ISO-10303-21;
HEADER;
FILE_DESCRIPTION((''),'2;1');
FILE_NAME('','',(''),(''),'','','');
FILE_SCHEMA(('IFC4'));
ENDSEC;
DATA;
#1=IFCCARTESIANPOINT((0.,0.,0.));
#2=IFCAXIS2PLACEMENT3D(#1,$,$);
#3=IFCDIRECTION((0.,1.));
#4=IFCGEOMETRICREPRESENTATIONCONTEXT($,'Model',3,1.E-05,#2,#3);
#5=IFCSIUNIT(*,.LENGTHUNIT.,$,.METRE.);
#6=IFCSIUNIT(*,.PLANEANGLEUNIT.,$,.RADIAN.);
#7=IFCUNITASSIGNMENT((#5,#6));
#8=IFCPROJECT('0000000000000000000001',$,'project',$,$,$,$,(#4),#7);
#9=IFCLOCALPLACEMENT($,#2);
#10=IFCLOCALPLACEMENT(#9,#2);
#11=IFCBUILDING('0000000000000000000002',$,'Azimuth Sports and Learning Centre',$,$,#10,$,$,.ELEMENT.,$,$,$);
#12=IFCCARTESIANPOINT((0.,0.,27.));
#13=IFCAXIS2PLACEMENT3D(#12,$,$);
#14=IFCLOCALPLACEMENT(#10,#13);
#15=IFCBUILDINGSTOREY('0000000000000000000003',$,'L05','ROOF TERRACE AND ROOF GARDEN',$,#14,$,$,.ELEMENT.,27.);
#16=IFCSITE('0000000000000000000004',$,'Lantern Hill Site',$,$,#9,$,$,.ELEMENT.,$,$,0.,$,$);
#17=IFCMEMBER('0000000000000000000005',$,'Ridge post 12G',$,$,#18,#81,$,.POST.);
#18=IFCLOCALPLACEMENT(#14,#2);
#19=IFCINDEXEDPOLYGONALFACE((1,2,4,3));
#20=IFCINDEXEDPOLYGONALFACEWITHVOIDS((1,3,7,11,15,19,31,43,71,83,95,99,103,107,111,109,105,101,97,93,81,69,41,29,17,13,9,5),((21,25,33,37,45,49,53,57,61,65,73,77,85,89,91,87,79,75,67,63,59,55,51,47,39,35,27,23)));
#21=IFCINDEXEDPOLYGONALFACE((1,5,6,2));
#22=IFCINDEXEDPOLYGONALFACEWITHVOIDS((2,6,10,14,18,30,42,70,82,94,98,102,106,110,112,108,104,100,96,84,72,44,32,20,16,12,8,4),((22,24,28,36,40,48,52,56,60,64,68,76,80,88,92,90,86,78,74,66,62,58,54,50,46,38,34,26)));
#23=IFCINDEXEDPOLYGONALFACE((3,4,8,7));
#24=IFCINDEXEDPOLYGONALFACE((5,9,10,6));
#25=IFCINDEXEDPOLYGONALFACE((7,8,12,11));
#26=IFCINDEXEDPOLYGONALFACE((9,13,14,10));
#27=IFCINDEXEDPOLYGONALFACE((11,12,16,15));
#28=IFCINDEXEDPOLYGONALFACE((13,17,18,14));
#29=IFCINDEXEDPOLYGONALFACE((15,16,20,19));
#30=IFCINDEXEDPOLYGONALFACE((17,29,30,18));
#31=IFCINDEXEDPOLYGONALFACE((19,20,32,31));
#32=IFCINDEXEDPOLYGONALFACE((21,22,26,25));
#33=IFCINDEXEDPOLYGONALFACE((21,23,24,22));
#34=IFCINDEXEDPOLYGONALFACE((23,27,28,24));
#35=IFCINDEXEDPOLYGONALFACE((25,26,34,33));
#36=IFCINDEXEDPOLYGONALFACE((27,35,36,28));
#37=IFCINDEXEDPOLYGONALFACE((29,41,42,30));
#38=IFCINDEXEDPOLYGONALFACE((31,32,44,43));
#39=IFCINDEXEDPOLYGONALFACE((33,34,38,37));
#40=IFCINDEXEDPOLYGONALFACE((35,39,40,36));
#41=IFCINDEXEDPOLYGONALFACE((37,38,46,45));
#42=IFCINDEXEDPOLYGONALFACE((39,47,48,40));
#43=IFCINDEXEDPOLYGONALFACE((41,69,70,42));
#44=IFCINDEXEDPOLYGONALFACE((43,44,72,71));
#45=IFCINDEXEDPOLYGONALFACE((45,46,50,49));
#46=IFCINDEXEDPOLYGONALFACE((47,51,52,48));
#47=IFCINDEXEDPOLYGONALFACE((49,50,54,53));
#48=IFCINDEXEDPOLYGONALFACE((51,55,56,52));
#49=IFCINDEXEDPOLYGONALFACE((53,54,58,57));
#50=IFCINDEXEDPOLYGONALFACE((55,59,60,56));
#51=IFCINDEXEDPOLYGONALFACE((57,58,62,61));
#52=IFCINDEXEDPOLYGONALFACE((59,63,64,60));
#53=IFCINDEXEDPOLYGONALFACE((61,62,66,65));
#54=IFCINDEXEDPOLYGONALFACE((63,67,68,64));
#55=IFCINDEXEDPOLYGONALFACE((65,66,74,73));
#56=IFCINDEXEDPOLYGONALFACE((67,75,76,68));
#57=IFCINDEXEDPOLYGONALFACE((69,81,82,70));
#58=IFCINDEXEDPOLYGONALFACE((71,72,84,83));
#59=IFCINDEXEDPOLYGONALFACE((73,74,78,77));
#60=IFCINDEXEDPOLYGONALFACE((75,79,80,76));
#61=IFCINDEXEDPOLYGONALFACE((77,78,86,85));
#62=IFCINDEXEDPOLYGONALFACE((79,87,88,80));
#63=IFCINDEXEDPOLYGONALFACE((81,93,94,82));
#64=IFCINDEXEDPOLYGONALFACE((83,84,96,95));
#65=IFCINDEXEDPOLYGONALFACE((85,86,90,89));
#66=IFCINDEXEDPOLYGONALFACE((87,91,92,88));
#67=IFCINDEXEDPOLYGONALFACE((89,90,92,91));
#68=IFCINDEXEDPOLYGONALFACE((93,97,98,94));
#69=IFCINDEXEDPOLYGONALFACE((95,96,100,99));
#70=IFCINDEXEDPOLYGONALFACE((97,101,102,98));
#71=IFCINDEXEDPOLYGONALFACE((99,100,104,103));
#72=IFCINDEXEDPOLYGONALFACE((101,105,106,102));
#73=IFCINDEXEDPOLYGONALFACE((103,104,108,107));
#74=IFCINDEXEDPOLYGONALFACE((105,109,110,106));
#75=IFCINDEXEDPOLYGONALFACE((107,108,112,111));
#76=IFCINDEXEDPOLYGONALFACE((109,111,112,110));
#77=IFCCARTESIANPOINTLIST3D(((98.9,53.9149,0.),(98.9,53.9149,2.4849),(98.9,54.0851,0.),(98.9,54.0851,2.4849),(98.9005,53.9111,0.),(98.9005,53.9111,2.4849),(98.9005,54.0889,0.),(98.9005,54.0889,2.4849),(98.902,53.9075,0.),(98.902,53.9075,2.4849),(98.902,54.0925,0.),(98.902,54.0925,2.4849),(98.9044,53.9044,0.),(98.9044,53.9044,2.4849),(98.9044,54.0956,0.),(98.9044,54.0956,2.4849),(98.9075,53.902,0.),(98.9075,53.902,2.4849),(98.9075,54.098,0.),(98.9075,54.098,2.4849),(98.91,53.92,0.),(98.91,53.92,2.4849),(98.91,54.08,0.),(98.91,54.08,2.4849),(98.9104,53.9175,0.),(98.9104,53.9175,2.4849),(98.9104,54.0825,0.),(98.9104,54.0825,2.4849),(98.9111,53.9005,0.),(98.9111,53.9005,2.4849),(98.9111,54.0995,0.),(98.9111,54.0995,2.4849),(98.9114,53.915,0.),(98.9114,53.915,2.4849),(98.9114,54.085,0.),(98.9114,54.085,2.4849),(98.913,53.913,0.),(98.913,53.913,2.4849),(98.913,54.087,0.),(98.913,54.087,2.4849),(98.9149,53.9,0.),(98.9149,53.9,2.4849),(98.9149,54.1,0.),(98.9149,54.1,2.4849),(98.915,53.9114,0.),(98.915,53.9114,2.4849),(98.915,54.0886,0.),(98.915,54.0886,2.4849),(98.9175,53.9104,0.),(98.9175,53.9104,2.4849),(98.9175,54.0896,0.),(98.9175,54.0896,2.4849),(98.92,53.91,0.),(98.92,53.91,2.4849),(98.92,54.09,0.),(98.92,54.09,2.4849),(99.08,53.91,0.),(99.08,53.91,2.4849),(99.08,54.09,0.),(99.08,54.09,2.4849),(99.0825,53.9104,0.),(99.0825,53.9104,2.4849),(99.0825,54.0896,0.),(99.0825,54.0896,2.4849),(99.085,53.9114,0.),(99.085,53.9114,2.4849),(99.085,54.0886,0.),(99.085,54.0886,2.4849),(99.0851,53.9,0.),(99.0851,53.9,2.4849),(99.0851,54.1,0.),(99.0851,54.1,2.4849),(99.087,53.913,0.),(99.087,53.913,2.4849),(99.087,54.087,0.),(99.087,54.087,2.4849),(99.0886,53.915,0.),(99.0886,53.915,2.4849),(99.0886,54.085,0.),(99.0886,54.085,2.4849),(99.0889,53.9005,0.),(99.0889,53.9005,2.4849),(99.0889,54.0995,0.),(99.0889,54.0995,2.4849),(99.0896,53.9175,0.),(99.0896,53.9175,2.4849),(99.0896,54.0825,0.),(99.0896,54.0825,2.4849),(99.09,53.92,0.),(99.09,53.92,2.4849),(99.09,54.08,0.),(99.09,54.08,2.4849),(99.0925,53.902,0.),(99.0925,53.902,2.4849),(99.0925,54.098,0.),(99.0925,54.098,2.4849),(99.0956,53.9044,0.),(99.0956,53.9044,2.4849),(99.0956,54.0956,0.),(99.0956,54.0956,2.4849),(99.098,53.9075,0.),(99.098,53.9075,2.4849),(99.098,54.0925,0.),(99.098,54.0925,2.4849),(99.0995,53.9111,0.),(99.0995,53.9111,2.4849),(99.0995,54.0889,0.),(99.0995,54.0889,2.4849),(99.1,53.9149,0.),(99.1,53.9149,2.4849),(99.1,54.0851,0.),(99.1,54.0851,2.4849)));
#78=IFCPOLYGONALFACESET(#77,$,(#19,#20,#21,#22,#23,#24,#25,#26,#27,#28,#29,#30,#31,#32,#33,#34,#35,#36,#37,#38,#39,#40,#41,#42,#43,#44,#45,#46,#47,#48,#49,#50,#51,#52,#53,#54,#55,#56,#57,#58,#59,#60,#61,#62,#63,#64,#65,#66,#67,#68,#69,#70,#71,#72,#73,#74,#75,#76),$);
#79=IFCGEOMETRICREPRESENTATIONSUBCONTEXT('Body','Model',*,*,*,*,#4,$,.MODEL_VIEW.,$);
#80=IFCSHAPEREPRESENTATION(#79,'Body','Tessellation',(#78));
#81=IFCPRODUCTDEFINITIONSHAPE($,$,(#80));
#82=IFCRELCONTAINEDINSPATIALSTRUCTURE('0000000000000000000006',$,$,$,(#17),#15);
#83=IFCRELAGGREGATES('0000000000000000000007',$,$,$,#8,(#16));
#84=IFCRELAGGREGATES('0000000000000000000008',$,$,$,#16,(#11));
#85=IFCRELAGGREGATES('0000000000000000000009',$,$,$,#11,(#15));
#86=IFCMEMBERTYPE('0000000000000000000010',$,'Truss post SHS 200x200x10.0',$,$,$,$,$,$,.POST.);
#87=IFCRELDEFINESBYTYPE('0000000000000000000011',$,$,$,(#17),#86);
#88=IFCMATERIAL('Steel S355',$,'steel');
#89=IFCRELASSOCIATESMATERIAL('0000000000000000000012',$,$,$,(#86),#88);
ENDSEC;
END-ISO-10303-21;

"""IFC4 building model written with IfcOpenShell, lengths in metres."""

from ifc_helpers import new_model, si_unit, direction, frame, origin, origin_2d, place, context, subcontext, project, spatial, hollow_rectangle, extrude, material, material_profile, profile_set, type_object, element, save


model = new_model("IFC4")

# Units and contexts
model_context = context("Model", 3, precision=1e-05, world=origin(), true_north=direction((0.0, 1.0)))
body_context = subcontext(model_context, "Body", "Model", "MODEL_VIEW")
ifc_project = project(units=[si_unit("LENGTHUNIT", "METRE"), si_unit("PLANEANGLEUNIT", "RADIAN")], contexts=[model_context])

# Site, building, storey
site_placement = place(None, origin())
site = spatial("IfcSite", under=ifc_project, at=site_placement, Name="Lantern Hill Site", CompositionType="ELEMENT", RefElevation=0.0)
building_placement = place(site_placement, origin())
building = spatial("IfcBuilding", under=site, at=building_placement, Name="Azimuth Sports and Learning Centre", CompositionType="ELEMENT")
storey_placement = place(building_placement, frame((0.0, 0.0, 27.0)))
storey = spatial("IfcBuildingStorey", under=building, at=storey_placement, Name="L05", Description="ROOF TERRACE AND ROOF GARDEN", CompositionType="ELEMENT", Elevation=27.0)

# Member
ifc_material_1 = material(Name="Steel S355", Category="steel")
ifc_material_profile_1 = material_profile(ifc_material_1, hollow_rectangle(XDim=0.2, YDim=0.2, WallThickness=0.01, InnerFilletRadius=0.01, OuterFilletRadius=0.0149, at=origin_2d()), Name="SHS 200x200x10.0")
ifc_profile_set_1 = profile_set([ifc_material_profile_1], Name="Steel S355")
member_type_1 = type_object("IfcMemberType", Name="Truss post SHS 200x200x10.0", PredefinedType="POST", material=ifc_profile_set_1)
for number, where, z_axis, x_axis, name in (
    (1, (99.0, 54.0, 0.0), (0.0, 0.0, 1.0), (1.0, 0.0, 0.0), "Ridge post 12G"),
):
    element("IfcMember", number, at=place(storey_placement, frame(where, z_axis=z_axis, x_axis=x_axis)), inside=storey, type_object=member_type_1, Name=name, PredefinedType="POST", context=body_context, shape_type="SweptSolid", body=[
        extrude(hollow_rectangle(XDim=0.2, YDim=0.2, WallThickness=0.01, InnerFilletRadius=0.01, OuterFilletRadius=0.0149, at=origin_2d()), origin(), (0.0, 0.0, 1.0), 2.4849),
    ])

save(model, "model.ifc")
